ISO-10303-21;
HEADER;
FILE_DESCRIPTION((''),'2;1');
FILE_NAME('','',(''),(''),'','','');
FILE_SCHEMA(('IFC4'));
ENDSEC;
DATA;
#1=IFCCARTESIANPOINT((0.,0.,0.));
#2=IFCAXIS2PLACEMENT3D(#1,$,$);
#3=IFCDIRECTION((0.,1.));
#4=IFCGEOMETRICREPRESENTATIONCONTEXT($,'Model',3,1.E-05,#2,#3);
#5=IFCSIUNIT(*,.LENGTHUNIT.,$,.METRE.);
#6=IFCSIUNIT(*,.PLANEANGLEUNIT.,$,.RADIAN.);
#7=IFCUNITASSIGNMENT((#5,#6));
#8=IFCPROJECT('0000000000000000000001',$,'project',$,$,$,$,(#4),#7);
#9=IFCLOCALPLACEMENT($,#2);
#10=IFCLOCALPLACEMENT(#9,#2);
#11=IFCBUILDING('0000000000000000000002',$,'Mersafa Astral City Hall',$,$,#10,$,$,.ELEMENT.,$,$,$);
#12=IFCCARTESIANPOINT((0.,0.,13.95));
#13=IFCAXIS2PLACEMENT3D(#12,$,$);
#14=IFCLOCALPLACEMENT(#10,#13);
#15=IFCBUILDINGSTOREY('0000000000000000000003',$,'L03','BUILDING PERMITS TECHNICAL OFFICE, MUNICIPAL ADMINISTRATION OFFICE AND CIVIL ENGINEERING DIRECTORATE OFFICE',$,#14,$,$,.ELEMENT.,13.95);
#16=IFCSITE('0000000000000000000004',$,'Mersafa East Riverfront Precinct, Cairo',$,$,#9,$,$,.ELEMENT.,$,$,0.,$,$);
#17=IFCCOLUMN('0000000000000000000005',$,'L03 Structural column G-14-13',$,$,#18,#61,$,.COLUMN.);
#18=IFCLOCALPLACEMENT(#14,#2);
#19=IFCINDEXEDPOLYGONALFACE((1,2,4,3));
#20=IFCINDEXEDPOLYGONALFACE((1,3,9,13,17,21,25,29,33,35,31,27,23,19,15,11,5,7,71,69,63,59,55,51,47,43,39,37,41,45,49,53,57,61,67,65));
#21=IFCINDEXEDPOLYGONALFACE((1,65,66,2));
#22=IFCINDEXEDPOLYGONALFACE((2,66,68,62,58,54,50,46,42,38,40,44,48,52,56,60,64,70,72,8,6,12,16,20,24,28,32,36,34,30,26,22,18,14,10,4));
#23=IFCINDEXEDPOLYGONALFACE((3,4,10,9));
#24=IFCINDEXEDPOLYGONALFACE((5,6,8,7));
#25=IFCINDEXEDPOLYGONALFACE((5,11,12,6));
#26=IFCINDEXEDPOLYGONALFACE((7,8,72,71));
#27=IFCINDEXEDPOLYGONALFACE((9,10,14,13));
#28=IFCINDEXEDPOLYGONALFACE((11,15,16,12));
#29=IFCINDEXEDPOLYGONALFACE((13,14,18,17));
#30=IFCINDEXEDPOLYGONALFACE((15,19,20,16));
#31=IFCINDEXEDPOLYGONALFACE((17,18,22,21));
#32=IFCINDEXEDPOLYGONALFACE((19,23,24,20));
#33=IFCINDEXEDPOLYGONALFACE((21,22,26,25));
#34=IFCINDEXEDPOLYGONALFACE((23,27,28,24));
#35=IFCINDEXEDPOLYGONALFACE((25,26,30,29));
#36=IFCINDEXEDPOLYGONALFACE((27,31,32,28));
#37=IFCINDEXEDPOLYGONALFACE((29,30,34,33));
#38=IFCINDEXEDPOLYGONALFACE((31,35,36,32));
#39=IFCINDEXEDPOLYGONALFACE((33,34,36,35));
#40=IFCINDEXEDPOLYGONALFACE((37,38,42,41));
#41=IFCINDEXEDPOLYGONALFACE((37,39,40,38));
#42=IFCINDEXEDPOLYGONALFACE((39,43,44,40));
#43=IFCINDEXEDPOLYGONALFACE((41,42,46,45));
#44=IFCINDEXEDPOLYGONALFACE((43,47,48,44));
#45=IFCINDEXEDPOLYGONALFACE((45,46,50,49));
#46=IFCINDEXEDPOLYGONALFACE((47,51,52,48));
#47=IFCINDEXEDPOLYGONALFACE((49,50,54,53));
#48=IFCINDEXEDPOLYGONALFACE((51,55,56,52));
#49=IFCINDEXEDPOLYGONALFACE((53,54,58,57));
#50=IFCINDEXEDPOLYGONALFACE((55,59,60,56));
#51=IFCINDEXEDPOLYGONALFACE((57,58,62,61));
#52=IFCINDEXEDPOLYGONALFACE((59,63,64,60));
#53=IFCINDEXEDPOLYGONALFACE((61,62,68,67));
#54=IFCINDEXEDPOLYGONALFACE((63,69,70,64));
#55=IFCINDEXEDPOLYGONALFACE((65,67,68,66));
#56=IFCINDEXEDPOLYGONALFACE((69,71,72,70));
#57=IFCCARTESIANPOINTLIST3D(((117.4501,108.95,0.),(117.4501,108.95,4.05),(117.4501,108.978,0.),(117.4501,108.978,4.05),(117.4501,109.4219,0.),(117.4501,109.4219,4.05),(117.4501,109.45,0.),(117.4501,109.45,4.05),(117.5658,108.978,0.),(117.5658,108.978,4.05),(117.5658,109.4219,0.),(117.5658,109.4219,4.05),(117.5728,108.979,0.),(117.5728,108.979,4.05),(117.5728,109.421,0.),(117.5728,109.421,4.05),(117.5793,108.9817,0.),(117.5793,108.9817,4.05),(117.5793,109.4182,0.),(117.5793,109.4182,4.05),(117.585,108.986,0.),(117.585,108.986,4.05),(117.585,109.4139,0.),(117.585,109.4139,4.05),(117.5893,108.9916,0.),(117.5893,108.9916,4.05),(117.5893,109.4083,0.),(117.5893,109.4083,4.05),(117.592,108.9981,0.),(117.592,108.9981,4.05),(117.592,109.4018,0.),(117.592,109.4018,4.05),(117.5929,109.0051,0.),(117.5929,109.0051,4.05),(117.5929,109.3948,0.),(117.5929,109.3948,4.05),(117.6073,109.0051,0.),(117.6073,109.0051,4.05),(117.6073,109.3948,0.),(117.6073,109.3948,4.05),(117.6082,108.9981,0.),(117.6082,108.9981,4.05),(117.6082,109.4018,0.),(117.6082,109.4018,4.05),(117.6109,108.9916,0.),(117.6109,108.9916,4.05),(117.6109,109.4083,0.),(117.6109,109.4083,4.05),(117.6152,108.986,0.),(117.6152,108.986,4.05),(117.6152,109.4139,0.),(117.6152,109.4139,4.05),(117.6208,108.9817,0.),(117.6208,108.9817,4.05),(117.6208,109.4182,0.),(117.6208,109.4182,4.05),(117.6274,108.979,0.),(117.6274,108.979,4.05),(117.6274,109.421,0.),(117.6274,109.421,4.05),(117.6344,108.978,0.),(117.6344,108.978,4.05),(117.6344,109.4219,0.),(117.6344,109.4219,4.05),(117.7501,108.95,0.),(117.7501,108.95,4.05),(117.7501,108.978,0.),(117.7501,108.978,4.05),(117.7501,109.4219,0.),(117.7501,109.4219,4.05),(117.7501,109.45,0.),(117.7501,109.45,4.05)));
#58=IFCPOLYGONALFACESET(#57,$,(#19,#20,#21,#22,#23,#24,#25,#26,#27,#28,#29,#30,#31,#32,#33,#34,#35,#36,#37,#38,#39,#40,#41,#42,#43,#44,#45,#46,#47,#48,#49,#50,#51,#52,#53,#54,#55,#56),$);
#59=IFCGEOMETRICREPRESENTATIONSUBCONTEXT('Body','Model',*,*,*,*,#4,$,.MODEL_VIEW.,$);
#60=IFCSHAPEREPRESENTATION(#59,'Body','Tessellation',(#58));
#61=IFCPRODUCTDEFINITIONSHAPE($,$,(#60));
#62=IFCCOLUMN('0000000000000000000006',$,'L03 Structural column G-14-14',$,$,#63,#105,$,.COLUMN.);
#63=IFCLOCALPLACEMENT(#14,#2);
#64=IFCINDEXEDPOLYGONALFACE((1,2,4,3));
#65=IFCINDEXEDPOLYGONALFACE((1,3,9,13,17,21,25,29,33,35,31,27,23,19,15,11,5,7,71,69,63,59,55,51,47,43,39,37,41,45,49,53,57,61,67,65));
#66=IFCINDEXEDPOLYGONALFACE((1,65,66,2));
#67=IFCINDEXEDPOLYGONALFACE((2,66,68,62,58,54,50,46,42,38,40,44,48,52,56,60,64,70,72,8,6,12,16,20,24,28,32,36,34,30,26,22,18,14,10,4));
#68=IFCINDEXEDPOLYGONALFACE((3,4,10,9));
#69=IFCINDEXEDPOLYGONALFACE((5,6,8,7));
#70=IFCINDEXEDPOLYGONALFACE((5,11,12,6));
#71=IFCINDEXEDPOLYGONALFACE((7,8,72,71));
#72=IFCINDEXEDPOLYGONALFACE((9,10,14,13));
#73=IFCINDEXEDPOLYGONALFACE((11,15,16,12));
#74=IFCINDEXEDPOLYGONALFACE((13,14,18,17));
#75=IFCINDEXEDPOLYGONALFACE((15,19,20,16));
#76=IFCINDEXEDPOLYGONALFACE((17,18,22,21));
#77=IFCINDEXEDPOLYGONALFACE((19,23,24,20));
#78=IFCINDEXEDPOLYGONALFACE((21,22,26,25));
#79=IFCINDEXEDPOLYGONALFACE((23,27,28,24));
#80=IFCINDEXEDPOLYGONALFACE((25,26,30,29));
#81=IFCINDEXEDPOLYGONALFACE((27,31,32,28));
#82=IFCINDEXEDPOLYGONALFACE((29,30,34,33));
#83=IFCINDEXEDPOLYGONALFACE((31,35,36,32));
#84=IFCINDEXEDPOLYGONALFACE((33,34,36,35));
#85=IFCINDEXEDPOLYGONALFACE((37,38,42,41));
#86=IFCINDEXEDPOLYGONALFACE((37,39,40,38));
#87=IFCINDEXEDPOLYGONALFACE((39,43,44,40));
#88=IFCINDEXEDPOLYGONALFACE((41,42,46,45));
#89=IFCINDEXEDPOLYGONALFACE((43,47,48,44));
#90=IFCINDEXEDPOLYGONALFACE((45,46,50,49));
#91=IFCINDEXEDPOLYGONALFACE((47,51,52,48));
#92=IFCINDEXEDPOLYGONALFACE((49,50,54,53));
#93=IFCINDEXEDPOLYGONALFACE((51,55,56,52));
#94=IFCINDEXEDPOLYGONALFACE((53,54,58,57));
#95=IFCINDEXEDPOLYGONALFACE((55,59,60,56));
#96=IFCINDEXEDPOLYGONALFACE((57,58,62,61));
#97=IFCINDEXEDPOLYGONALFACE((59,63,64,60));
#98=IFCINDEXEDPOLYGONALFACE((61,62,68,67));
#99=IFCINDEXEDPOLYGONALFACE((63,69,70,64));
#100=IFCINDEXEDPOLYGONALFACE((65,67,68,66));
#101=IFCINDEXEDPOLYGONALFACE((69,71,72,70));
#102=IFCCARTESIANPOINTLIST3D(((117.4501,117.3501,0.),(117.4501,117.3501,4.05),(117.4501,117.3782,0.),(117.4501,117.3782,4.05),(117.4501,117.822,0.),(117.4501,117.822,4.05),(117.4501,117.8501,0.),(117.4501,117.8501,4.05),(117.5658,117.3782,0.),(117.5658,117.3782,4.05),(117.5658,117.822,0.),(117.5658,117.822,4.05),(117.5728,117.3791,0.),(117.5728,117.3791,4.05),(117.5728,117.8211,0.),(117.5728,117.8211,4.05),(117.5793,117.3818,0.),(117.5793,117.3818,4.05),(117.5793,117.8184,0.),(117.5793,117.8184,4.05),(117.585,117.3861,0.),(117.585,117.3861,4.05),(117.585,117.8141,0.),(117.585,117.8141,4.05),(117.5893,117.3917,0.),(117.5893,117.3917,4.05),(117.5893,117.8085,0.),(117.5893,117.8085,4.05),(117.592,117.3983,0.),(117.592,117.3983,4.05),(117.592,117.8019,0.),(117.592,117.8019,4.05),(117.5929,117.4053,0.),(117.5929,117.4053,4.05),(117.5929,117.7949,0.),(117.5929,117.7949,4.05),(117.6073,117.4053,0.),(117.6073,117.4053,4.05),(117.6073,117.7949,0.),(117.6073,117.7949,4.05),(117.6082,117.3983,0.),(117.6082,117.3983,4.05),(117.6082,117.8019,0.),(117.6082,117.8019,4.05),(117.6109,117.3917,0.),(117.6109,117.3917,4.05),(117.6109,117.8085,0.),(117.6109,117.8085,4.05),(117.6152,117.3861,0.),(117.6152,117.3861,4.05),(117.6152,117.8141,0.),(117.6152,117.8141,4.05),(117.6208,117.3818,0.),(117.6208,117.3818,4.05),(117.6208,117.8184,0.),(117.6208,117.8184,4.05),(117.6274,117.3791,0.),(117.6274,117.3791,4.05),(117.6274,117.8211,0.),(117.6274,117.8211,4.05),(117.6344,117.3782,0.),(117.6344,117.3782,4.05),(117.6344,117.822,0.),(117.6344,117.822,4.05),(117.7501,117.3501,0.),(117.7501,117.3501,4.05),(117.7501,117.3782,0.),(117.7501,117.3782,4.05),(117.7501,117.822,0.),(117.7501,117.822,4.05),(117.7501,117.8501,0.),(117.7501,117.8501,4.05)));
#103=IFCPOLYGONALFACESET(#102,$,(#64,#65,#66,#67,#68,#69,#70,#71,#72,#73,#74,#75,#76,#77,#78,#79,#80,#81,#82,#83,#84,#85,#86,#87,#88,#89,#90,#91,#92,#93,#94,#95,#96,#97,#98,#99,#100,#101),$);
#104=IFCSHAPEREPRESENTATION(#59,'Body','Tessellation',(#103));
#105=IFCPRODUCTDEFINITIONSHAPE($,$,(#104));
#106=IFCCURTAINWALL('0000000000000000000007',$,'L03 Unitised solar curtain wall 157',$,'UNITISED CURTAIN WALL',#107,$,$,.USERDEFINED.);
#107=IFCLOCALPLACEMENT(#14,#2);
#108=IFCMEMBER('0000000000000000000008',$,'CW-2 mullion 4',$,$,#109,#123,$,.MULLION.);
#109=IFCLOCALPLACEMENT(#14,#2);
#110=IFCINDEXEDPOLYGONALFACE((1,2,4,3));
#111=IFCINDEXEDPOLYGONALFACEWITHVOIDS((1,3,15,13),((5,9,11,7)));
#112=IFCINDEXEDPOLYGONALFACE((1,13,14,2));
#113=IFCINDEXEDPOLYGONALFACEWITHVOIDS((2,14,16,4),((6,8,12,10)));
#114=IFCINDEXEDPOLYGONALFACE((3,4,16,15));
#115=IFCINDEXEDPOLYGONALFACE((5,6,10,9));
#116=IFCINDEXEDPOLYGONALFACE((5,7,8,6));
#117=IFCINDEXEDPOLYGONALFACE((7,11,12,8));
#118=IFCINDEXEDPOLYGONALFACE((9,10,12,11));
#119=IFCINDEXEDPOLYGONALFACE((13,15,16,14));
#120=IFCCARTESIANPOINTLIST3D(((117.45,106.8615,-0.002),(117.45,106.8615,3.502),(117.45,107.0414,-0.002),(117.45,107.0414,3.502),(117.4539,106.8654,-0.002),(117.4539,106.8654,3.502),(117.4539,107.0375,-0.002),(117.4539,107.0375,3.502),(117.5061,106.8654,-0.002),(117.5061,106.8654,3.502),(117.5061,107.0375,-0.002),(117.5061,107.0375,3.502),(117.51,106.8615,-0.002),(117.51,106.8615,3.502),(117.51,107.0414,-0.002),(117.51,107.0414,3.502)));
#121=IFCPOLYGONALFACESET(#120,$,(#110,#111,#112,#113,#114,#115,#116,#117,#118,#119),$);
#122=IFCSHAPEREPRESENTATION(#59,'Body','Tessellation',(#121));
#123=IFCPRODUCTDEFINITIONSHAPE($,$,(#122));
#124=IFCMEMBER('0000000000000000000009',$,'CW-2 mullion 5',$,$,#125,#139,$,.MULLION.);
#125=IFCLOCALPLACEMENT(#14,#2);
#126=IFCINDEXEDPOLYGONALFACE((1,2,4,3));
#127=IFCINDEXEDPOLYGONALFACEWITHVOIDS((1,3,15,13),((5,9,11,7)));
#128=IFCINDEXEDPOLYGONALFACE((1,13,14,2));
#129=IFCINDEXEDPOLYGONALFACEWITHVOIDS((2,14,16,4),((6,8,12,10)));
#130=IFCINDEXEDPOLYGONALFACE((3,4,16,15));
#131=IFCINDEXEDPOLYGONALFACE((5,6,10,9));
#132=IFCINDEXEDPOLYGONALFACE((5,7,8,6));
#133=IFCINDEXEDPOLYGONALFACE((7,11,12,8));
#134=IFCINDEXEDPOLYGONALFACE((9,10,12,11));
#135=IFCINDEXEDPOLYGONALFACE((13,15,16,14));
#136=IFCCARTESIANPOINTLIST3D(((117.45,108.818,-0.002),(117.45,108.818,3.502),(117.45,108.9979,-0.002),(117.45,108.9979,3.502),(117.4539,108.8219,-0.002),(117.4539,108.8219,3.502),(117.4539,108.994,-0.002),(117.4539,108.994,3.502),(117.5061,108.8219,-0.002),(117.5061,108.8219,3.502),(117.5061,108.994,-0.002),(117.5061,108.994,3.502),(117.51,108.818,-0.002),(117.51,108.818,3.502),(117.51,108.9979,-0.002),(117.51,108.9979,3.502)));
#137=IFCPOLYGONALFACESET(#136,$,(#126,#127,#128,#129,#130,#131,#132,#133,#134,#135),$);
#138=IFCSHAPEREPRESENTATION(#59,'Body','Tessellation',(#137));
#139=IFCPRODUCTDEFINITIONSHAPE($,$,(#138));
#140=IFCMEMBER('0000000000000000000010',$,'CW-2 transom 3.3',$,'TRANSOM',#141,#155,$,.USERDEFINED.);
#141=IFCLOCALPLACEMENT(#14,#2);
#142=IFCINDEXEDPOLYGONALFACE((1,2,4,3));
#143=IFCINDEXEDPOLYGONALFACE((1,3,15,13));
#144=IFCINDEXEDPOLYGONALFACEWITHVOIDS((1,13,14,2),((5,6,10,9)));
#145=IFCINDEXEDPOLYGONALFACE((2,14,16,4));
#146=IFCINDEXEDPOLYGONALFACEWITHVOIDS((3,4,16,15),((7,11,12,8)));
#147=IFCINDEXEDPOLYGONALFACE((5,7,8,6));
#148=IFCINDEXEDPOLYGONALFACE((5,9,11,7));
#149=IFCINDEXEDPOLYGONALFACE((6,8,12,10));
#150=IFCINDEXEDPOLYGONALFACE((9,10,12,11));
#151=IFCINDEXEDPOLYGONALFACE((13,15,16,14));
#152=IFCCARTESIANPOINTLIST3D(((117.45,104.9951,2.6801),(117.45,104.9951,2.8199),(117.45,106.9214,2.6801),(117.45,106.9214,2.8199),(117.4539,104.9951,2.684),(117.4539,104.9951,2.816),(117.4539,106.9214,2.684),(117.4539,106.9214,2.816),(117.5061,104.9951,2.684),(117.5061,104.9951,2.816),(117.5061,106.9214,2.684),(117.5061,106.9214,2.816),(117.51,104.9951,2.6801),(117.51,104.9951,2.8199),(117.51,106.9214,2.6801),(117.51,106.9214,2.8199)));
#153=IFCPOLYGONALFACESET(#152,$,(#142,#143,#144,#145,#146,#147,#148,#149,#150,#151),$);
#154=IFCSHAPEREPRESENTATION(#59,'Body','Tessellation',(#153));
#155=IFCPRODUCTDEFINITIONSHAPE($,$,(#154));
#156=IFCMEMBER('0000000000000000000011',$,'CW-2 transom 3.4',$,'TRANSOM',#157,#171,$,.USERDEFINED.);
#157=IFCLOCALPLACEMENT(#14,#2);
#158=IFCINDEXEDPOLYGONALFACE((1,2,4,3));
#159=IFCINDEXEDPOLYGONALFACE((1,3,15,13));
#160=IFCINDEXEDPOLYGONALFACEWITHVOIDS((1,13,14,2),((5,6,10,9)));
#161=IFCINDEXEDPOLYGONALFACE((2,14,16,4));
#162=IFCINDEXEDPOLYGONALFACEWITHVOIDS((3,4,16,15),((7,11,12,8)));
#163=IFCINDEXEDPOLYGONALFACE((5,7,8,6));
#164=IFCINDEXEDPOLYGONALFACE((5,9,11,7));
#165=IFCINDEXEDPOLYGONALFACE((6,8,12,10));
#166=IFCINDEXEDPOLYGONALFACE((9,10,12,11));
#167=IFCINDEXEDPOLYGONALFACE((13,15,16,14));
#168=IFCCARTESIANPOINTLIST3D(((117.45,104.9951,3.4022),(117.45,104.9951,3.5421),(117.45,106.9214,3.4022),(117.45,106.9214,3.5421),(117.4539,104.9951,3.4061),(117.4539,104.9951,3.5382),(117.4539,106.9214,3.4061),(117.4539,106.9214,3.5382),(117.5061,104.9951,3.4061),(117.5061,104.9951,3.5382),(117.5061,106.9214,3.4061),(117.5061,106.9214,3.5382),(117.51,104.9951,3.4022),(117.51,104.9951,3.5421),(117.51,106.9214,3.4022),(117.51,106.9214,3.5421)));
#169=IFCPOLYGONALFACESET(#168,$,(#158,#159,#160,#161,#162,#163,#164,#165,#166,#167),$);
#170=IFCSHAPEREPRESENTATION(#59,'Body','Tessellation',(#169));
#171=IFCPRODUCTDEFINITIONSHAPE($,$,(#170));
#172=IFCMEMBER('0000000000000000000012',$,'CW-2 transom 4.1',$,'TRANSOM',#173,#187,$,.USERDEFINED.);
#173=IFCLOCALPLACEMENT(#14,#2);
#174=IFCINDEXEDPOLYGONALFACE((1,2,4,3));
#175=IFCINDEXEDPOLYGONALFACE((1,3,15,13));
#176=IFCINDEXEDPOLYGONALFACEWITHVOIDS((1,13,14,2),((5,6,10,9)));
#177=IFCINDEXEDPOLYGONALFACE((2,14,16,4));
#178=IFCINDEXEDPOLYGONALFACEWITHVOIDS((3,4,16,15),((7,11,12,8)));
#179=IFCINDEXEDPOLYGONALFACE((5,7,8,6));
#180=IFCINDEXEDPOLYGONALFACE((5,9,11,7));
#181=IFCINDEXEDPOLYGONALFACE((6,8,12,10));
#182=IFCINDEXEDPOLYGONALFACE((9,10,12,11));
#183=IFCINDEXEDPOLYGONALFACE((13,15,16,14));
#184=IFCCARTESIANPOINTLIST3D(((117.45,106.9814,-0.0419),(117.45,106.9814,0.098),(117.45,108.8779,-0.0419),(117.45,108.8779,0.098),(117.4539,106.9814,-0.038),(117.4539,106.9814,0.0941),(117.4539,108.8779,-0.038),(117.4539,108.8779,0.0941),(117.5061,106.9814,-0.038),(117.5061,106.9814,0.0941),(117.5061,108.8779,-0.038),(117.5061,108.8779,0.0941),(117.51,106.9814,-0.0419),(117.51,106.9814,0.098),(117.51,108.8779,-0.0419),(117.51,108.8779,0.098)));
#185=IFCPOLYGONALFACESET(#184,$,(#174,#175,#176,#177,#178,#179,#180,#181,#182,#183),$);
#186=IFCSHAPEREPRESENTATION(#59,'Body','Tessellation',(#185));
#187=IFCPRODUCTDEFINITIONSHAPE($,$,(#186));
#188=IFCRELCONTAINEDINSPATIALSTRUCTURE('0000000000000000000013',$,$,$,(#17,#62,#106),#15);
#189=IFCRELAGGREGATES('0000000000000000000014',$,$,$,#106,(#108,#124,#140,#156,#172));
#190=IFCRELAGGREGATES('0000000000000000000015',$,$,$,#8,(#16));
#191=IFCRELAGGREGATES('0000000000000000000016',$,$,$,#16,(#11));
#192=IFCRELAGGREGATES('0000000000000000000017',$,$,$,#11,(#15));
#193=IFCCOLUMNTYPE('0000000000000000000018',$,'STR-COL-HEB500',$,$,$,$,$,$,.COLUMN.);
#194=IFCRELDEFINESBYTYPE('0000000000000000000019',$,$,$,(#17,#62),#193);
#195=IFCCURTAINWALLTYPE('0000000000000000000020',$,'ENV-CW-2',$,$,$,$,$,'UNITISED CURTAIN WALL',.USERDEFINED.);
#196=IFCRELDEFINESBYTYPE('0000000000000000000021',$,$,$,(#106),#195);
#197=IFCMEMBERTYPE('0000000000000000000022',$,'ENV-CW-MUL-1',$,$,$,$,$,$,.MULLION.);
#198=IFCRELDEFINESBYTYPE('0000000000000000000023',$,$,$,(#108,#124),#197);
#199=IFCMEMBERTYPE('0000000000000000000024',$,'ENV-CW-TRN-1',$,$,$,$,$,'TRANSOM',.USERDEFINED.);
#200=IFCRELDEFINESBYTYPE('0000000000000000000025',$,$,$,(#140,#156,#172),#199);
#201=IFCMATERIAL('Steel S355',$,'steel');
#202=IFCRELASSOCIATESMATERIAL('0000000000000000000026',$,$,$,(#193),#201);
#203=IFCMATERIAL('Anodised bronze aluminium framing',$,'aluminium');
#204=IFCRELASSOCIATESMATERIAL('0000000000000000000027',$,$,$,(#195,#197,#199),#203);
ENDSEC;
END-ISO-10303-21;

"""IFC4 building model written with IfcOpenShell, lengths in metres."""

from ifc_helpers import new_model, si_unit, direction, frame, origin, origin_2d, place, context, subcontext, project, spatial, hollow_rectangle, i_section, extrude, material, material_profile, profile_set, type_object, element, aggregate, save


model = new_model("IFC4")

# Units and contexts
model_context = context("Model", 3, precision=1e-05, world=origin(), true_north=direction((0.0, 1.0)))
body_context = subcontext(model_context, "Body", "Model", "MODEL_VIEW")
ifc_project = project(units=[si_unit("LENGTHUNIT", "METRE"), si_unit("PLANEANGLEUNIT", "RADIAN")], contexts=[model_context])

# Site, building, storey
site_placement = place(None, origin())
site = spatial("IfcSite", under=ifc_project, at=site_placement, Name="Mersafa East Riverfront Precinct, Cairo", CompositionType="ELEMENT", RefElevation=0.0)
building_placement = place(site_placement, origin())
building = spatial("IfcBuilding", under=site, at=building_placement, Name="Mersafa Astral City Hall", CompositionType="ELEMENT")
storey_placement = place(building_placement, frame((0.0, 0.0, 13.95)))
storey = spatial("IfcBuildingStorey", under=building, at=storey_placement, Name="L03", Description="BUILDING PERMITS TECHNICAL OFFICE, MUNICIPAL ADMINISTRATION OFFICE AND CIVIL ENGINEERING DIRECTORATE OFFICE", CompositionType="ELEMENT", Elevation=13.95)

# Columns
ifc_material_1 = material(Name="Steel S355", Category="steel")
ifc_material_profile_1 = material_profile(ifc_material_1, i_section(OverallWidth=0.3, OverallDepth=0.5, WebThickness=0.0144, FlangeThickness=0.0281, FilletRadius=0.0271, at=origin_2d()), Name="HEB 500")
ifc_profile_set_1 = profile_set([ifc_material_profile_1], Name="Steel S355")
column_type = type_object("IfcColumnType", Name="STR-COL-HEB500", PredefinedType="COLUMN", material=ifc_profile_set_1)
for number, where, z_axis, x_axis, name in (
    (1, (117.6001, 109.2, 0.0), (0.0, 0.0, 1.0), (1.0, 0.0, 0.0), "L03 Structural column G-14-13"),
    (2, (117.6001, 117.6001, 0.0), (0.0, 0.0, 1.0), (1.0, 0.0, 0.0), "L03 Structural column G-14-14"),
):
    element("IfcColumn", number, at=place(storey_placement, frame(where, z_axis=z_axis, x_axis=x_axis)), inside=storey, type_object=column_type, Name=name, PredefinedType="COLUMN", context=body_context, shape_type="SweptSolid", body=[
        extrude(i_section(OverallWidth=0.3, OverallDepth=0.5, WebThickness=0.0144, FlangeThickness=0.0281, FilletRadius=0.0271, at=origin_2d()), origin(), (0.0, 0.0, 1.0), 4.05),
    ])

# Curtain wall, members
ifc_material_2 = material(Name="Anodised bronze aluminium framing", Category="aluminium")
curtain_wall_type = type_object("IfcCurtainWallType", Name="ENV-CW-2", ElementType="UNITISED CURTAIN WALL", PredefinedType="USERDEFINED", material=ifc_material_2)
curtain_wall_placement = place(storey_placement, origin())
curtain_wall = element("IfcCurtainWall", 3, at=curtain_wall_placement, inside=storey, type_object=curtain_wall_type, Name="L03 Unitised solar curtain wall 157", ObjectType="UNITISED CURTAIN WALL", PredefinedType="USERDEFINED")
ifc_material_profile_2 = material_profile(ifc_material_2, hollow_rectangle(XDim=0.0601, YDim=0.1799, WallThickness=0.0039, at=origin_2d()), Name="RHS 60x180x4")
ifc_profile_set_2 = profile_set([ifc_material_profile_2], Name="Anodised bronze aluminium framing")
member_type_1 = type_object("IfcMemberType", Name="ENV-CW-MUL-1", PredefinedType="MULLION", material=ifc_profile_set_2)
member_1_placement = place(storey_placement, frame((117.48, 106.9514, -0.002), z_axis=(0.0, 0.0, 1.0), x_axis=(-1.0, 0.0, 0.0)))
member_1 = element("IfcMember", 4, at=member_1_placement, type_object=member_type_1, Name="CW-2 mullion 4", PredefinedType="MULLION", context=body_context, shape_type="SweptSolid", body=[
    extrude(hollow_rectangle(XDim=0.0601, YDim=0.1799, WallThickness=0.0039, at=origin_2d()), origin(), (0.0, 0.0, 1.0), 3.5039),
])
member_2_placement = place(storey_placement, frame((117.48, 108.908, -0.002), z_axis=(0.0, 0.0, 1.0), x_axis=(-1.0, 0.0, 0.0)))
member_2 = element("IfcMember", 5, at=member_2_placement, type_object=member_type_1, Name="CW-2 mullion 5", PredefinedType="MULLION", context=body_context, shape_type="SweptSolid", body=[
    extrude(hollow_rectangle(XDim=0.0601, YDim=0.1799, WallThickness=0.0039, at=origin_2d()), origin(), (0.0, 0.0, 1.0), 3.5039),
])
ifc_material_profile_3 = material_profile(ifc_material_2, hollow_rectangle(XDim=0.0601, YDim=0.1399, WallThickness=0.0039, at=origin_2d()), Name="RHS 60x140x4")
ifc_profile_set_3 = profile_set([ifc_material_profile_3], Name="Anodised bronze aluminium framing")
member_type_2 = type_object("IfcMemberType", Name="ENV-CW-TRN-1", ElementType="TRANSOM", PredefinedType="USERDEFINED", material=ifc_profile_set_3)
member_3_placement = place(storey_placement, frame((117.48, 104.9951, 2.75), z_axis=(0.0, 1.0, 0.0), x_axis=(-1.0, 0.0, 0.0)))
member_3 = element("IfcMember", 6, at=member_3_placement, type_object=member_type_2, Name="CW-2 transom 3.3", ObjectType="TRANSOM", PredefinedType="USERDEFINED", context=body_context, shape_type="SweptSolid", body=[
    extrude(hollow_rectangle(XDim=0.0601, YDim=0.1399, WallThickness=0.0039, at=origin_2d()), origin(), (0.0, 0.0, 1.0), 1.9263),
])
member_4_placement = place(storey_placement, frame((117.48, 104.9951, 3.4722), z_axis=(0.0, 1.0, 0.0), x_axis=(-1.0, 0.0, 0.0)))
member_4 = element("IfcMember", 7, at=member_4_placement, type_object=member_type_2, Name="CW-2 transom 3.4", ObjectType="TRANSOM", PredefinedType="USERDEFINED", context=body_context, shape_type="SweptSolid", body=[
    extrude(hollow_rectangle(XDim=0.0601, YDim=0.1399, WallThickness=0.0039, at=origin_2d()), origin(), (0.0, 0.0, 1.0), 1.9263),
])
member_5_placement = place(storey_placement, frame((117.48, 106.9814, 0.0281), z_axis=(0.0, 1.0, 0.0), x_axis=(-1.0, 0.0, 0.0)))
member_5 = element("IfcMember", 8, at=member_5_placement, type_object=member_type_2, Name="CW-2 transom 4.1", ObjectType="TRANSOM", PredefinedType="USERDEFINED", context=body_context, shape_type="SweptSolid", body=[
    extrude(hollow_rectangle(XDim=0.0601, YDim=0.1399, WallThickness=0.0039, at=origin_2d()), origin(), (0.0, 0.0, 1.0), 1.8965),
])

aggregate(curtain_wall, [member_1, member_2, member_3, member_4, member_5])

save(model, "model.ifc")
